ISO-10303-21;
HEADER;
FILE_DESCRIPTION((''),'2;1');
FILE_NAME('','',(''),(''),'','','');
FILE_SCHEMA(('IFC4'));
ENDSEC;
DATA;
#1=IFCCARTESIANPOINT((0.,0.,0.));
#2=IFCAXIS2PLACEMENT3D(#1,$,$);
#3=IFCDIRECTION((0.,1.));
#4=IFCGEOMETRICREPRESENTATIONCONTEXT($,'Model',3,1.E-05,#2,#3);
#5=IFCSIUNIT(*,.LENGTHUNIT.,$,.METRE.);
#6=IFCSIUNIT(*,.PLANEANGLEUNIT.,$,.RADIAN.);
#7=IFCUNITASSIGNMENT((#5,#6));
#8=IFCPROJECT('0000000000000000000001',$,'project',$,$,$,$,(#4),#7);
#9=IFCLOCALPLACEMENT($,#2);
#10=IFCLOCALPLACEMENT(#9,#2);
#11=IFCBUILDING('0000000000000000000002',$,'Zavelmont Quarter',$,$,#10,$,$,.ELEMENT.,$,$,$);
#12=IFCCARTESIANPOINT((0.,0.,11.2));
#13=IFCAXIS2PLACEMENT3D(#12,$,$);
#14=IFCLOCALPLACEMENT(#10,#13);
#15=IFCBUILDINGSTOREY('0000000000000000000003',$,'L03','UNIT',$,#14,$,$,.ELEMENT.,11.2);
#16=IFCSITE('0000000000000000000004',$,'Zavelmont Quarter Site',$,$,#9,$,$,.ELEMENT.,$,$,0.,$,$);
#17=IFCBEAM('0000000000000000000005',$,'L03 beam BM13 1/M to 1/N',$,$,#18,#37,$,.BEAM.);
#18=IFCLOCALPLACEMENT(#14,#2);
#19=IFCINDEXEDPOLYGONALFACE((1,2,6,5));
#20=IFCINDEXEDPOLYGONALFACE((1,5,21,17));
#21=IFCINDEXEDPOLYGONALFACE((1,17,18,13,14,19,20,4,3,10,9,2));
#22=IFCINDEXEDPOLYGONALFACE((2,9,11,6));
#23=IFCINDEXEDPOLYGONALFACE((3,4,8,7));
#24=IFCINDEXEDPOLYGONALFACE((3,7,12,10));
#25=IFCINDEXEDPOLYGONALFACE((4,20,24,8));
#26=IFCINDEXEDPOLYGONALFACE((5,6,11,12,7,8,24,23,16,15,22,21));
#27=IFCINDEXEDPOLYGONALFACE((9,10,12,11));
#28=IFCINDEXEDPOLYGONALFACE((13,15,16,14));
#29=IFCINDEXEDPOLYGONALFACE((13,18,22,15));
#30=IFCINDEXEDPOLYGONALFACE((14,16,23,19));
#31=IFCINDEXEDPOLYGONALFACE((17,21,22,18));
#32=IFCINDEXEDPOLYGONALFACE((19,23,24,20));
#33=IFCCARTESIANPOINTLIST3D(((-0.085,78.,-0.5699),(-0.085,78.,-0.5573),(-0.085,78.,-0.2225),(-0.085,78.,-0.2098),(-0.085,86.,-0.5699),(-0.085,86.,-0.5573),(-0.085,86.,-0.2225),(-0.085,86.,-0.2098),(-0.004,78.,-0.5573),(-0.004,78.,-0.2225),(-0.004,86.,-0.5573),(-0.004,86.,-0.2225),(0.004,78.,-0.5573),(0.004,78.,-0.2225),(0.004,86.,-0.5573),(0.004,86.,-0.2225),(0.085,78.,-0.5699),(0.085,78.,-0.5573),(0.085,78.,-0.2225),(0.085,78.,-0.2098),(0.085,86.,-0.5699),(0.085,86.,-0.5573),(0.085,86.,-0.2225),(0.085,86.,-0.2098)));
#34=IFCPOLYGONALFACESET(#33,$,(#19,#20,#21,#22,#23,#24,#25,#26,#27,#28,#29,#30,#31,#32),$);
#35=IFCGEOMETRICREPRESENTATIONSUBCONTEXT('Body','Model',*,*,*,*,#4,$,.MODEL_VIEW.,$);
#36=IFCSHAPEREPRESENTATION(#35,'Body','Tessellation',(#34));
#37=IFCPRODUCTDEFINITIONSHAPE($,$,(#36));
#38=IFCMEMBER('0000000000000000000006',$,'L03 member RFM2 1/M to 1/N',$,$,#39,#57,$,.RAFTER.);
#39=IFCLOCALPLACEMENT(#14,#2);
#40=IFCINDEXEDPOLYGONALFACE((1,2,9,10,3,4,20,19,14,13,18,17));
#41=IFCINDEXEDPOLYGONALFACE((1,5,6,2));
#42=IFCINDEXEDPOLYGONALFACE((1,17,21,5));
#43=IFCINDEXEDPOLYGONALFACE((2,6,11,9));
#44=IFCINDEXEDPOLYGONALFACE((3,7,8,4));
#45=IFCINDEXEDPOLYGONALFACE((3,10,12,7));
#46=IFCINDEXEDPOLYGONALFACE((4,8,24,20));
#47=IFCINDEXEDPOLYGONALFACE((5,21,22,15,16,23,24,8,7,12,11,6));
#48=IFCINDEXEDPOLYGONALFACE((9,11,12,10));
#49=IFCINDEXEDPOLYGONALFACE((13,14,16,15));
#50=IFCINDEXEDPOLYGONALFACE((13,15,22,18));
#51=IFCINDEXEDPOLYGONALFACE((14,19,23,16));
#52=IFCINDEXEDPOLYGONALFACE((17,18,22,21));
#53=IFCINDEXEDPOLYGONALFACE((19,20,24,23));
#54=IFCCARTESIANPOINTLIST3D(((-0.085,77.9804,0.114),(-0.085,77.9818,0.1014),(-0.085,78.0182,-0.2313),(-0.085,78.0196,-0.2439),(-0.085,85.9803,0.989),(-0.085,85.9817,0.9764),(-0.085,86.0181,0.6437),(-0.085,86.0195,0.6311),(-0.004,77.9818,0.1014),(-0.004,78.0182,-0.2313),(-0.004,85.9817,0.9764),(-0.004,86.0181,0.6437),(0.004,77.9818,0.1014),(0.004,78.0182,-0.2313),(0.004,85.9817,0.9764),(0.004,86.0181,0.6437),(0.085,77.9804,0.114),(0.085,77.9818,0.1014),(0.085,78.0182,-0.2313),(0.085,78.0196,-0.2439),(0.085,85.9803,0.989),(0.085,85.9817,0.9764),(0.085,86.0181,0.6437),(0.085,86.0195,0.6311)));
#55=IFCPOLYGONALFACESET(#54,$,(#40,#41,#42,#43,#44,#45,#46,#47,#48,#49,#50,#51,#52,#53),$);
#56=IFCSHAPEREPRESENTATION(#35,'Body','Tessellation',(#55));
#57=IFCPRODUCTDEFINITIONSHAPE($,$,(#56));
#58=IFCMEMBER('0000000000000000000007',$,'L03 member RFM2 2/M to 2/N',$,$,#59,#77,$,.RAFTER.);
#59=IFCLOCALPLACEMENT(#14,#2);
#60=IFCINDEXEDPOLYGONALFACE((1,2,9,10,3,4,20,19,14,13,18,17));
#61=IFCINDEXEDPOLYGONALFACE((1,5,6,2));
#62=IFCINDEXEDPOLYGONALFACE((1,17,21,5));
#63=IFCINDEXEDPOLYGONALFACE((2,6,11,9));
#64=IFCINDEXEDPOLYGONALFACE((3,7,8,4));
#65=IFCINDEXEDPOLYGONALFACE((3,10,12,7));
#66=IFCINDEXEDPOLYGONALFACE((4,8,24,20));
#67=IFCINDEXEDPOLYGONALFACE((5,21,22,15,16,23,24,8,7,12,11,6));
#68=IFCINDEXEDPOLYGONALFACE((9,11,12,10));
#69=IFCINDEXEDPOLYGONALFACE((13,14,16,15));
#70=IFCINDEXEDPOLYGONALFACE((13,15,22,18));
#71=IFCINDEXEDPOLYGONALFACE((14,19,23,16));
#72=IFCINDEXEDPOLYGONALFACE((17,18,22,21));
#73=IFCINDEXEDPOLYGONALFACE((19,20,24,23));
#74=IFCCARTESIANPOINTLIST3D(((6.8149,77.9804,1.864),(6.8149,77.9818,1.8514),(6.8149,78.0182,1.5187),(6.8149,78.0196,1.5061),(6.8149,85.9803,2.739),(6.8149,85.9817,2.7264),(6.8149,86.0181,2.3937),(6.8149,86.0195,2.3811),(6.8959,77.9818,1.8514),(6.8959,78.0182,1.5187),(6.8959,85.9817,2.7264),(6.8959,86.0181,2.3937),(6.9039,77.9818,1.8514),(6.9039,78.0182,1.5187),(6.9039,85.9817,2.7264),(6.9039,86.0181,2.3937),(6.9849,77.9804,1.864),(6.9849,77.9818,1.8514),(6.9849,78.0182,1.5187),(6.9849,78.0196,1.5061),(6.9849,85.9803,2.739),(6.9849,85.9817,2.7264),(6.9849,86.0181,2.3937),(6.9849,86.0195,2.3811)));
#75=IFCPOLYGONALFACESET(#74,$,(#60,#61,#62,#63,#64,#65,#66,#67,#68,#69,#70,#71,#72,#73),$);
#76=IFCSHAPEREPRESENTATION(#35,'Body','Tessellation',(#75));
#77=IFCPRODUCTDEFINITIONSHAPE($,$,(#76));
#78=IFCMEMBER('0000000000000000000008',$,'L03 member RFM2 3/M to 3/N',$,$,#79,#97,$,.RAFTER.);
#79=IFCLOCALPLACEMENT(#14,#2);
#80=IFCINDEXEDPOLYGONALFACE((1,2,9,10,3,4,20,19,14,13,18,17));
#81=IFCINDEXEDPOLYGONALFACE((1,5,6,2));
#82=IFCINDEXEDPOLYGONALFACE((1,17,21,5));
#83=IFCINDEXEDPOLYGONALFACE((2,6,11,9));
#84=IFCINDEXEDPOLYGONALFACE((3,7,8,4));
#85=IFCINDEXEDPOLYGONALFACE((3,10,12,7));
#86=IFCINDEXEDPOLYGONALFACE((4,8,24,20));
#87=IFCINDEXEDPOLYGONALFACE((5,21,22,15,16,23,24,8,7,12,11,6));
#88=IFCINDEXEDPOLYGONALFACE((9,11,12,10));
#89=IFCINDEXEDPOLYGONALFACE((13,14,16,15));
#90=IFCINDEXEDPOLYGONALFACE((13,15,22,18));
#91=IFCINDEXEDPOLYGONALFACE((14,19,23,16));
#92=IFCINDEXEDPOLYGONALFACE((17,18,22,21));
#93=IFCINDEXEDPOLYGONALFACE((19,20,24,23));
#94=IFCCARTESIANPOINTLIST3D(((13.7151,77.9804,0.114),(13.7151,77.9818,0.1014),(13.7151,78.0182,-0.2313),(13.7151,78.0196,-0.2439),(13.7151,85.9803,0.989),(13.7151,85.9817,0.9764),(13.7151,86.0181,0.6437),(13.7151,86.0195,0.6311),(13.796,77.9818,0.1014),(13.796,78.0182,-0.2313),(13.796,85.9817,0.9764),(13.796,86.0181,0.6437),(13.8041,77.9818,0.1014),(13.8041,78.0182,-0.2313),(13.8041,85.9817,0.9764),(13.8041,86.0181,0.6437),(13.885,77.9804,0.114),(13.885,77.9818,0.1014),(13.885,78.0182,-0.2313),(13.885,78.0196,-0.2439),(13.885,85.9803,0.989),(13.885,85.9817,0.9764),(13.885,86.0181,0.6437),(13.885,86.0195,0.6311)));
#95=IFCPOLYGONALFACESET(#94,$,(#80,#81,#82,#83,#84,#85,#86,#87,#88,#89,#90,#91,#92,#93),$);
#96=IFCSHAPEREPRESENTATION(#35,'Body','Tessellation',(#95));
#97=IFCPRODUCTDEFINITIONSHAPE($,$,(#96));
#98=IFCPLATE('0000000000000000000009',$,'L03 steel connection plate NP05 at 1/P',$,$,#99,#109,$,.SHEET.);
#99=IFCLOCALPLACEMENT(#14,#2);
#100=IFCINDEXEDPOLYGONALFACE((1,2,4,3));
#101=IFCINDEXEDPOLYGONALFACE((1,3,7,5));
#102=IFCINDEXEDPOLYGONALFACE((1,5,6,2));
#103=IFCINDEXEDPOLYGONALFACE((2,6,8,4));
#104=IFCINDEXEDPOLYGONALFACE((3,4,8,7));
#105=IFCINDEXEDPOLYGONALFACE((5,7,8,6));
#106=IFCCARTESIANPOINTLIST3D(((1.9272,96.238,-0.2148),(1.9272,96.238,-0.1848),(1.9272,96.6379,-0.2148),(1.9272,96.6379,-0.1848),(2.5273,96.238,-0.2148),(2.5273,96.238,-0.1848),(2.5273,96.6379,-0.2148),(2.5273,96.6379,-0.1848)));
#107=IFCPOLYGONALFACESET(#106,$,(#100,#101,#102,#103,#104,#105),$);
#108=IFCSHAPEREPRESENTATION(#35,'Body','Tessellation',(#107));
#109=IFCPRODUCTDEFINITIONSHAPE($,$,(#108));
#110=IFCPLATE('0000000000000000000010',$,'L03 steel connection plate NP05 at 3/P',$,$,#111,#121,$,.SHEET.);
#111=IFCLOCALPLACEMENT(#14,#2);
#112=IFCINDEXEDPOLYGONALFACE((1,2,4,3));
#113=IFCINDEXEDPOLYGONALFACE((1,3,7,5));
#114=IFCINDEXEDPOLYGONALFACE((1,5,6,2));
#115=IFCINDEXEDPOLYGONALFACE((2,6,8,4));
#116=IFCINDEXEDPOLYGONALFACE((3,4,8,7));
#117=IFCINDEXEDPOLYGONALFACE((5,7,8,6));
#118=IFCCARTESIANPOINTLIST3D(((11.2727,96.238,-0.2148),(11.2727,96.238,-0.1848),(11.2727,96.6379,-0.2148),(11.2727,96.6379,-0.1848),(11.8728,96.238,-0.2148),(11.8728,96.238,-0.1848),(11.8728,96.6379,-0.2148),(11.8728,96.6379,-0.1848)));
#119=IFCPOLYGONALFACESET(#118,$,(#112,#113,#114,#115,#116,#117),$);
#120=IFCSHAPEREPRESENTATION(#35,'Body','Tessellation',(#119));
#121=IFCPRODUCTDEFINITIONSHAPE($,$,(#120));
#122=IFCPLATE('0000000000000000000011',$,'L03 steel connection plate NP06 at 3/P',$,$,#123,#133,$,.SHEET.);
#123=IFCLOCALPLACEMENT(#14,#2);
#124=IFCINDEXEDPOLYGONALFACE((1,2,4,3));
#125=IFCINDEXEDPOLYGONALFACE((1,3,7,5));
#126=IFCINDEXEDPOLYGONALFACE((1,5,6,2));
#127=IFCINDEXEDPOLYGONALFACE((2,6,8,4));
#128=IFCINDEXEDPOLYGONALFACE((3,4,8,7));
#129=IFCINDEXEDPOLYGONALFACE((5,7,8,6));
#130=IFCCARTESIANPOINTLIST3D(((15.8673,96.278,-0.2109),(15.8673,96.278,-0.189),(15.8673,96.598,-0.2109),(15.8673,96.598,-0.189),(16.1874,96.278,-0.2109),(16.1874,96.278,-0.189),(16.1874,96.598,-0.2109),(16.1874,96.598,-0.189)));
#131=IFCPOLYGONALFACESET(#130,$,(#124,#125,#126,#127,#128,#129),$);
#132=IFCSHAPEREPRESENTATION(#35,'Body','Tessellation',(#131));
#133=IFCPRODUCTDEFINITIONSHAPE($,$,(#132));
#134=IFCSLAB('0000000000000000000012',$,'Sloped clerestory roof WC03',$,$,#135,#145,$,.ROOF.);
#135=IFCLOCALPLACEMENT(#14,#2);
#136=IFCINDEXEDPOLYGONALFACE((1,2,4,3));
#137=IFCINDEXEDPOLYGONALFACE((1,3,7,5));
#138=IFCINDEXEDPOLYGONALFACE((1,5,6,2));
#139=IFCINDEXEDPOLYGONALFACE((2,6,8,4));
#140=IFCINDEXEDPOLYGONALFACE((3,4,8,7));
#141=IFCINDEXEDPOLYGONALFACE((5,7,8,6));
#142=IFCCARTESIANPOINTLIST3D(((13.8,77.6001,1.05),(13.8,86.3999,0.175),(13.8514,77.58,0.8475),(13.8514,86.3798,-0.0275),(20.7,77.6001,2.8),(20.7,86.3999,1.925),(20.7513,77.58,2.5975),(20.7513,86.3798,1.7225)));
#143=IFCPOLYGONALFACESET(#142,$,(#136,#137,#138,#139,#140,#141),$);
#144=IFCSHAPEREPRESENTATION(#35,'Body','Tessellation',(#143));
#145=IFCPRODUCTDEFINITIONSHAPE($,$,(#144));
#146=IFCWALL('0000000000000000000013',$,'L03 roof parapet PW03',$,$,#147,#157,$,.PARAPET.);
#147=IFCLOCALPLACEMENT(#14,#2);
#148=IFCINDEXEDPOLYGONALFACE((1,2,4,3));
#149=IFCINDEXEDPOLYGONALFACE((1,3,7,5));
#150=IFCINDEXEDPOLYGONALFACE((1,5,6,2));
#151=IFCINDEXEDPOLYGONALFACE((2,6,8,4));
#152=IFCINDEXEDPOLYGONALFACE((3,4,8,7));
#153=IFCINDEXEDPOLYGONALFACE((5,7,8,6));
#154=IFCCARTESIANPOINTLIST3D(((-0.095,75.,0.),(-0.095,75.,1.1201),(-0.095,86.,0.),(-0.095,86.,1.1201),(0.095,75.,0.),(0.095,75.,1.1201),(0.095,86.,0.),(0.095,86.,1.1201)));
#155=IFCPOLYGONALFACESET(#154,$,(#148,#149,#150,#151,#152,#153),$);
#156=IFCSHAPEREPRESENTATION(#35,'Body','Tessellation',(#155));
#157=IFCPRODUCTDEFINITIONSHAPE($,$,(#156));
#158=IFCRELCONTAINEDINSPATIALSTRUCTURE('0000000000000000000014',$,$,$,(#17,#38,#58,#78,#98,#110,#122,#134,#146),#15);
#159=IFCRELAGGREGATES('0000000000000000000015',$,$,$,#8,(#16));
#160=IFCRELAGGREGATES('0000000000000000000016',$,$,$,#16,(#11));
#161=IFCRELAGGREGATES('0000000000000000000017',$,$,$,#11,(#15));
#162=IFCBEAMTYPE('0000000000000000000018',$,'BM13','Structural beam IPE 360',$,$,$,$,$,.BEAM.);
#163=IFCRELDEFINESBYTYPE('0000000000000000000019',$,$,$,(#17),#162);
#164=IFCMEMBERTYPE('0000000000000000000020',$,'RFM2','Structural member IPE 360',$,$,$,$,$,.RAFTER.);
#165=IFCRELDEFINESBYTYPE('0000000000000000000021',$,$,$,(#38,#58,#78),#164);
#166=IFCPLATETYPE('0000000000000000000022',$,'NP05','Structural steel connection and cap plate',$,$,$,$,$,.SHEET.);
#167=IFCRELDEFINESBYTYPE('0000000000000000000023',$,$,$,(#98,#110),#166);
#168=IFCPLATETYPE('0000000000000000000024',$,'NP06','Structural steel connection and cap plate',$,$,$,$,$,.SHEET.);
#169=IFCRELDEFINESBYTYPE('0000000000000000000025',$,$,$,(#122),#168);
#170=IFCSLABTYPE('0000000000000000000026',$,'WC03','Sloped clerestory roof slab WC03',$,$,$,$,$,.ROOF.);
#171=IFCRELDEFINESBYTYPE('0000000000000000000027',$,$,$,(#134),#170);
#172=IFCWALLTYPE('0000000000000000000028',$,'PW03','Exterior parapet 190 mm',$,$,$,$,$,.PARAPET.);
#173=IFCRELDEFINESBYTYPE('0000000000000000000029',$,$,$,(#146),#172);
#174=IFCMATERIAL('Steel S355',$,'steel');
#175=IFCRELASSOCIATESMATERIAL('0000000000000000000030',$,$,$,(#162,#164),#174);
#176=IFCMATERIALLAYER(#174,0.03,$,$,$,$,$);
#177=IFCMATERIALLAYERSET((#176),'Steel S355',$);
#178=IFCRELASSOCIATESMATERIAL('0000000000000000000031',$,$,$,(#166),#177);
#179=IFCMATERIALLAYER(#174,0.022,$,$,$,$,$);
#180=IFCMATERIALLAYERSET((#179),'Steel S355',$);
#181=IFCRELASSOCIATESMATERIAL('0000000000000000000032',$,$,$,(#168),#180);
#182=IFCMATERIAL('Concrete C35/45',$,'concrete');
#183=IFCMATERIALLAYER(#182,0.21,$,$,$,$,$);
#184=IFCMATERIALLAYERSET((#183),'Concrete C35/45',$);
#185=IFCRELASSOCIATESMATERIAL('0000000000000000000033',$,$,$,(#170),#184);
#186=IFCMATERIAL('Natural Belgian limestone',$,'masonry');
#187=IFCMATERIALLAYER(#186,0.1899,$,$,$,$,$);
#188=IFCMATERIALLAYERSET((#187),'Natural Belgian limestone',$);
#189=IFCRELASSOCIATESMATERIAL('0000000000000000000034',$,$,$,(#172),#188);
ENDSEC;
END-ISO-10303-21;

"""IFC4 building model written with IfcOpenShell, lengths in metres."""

from ifc_helpers import new_model, si_unit, direction, frame, frame_2d, origin, origin_2d, place, context, subcontext, project, spatial, polyline, rectangle, i_section, outline, extrude, material, layer, layer_set, material_profile, profile_set, type_object, element, save


model = new_model("IFC4")

# Units and contexts
model_context = context("Model", 3, precision=1e-05, world=origin(), true_north=direction((0.0, 1.0)))
body_context = subcontext(model_context, "Body", "Model", "MODEL_VIEW")
ifc_project = project(units=[si_unit("LENGTHUNIT", "METRE"), si_unit("PLANEANGLEUNIT", "RADIAN")], contexts=[model_context])

# Site, building, storey
site_placement = place(None, origin())
site = spatial("IfcSite", under=ifc_project, at=site_placement, Name="Zavelmont Quarter Site", CompositionType="ELEMENT", RefElevation=0.0)
building_placement = place(site_placement, origin())
building = spatial("IfcBuilding", under=site, at=building_placement, Name="Zavelmont Quarter", CompositionType="ELEMENT")
storey_placement = place(building_placement, frame((0.0, 0.0, 11.2)))
storey = spatial("IfcBuildingStorey", under=building, at=storey_placement, Name="L03", Description="UNIT", CompositionType="ELEMENT", Elevation=11.2)

# Shared definitions
ifc_material_1 = material(Name="Concrete C35/45", Category="concrete")

# Beam
ifc_material_2 = material(Name="Steel S355", Category="steel")
ifc_material_profile_1 = material_profile(ifc_material_2, i_section(OverallWidth=0.1699, OverallDepth=0.3601, WebThickness=0.0081, FlangeThickness=0.0127, at=origin_2d()), Name="IPE 360")
ifc_profile_set_1 = profile_set([ifc_material_profile_1], Name="Steel S355")
beam_type = type_object("IfcBeamType", Name="BM13", Description="Structural beam IPE 360", PredefinedType="BEAM", material=ifc_profile_set_1)
beam_1_placement = place(storey_placement, frame((0.0, 78.0, -0.3899), z_axis=(0.0, 1.0, 0.0), x_axis=(-1.0, 0.0, 0.0)))
element("IfcBeam", 1, at=beam_1_placement, inside=storey, type_object=beam_type, Name="L03 beam BM13 1/M to 1/N", PredefinedType="BEAM", context=body_context, shape_type="SweptSolid", body=[
    extrude(i_section(OverallWidth=0.1699, OverallDepth=0.3601, WebThickness=0.0081, FlangeThickness=0.0127, at=origin_2d()), origin(), (0.0, 0.0, 1.0), 8.0),
])

# Members
ifc_material_profile_2 = material_profile(ifc_material_2, i_section(OverallWidth=0.1699, OverallDepth=0.3601, WebThickness=0.0081, FlangeThickness=0.0127, at=origin_2d()), Name="IPE 360")
ifc_profile_set_2 = profile_set([ifc_material_profile_2], Name="Steel S355")
member_type = type_object("IfcMemberType", Name="RFM2", Description="Structural member IPE 360", PredefinedType="RAFTER", material=ifc_profile_set_2)
for number, where, z_axis, x_axis, name in (
    (2, (0.0, 78.0, -0.0649), (0.0, 0.994072, 0.108727), (-1.0, 0.0, 0.0), "L03 member RFM2 1/M to 1/N"),
    (3, (6.8999, 78.0, 1.6851), (0.0, 0.994072, 0.108727), (-1.0, 0.0, 0.0), "L03 member RFM2 2/M to 2/N"),
    (4, (13.8, 78.0, -0.0649), (0.0, 0.994072, 0.108727), (-1.0, 0.0, 0.0), "L03 member RFM2 3/M to 3/N"),
):
    element("IfcMember", number, at=place(storey_placement, frame(where, z_axis=z_axis, x_axis=x_axis)), inside=storey, type_object=member_type, Name=name, PredefinedType="RAFTER", context=body_context, shape_type="SweptSolid", body=[
        extrude(i_section(OverallWidth=0.1699, OverallDepth=0.3601, WebThickness=0.0081, FlangeThickness=0.0127, at=origin_2d()), origin(), (0.0, 0.0, 1.0), 8.0476),
    ])

# Plates
ifc_layer_1 = layer(ifc_material_2, 0.03)
ifc_layer_set_1 = layer_set([ifc_layer_1], Name="Steel S355")
plate_type_1 = type_object("IfcPlateType", Name="NP05", Description="Structural steel connection and cap plate", PredefinedType="SHEET", material=ifc_layer_set_1)
for number, where, z_axis, x_axis, name in (
    (5, (2.2273, 96.438, -0.2148), (0.0, 0.0, 1.0), (1.0, 0.0, 0.0), "L03 steel connection plate NP05 at 1/P"),
    (6, (11.5728, 96.438, -0.2148), (0.0, 0.0, 1.0), (1.0, 0.0, 0.0), "L03 steel connection plate NP05 at 3/P"),
):
    element("IfcPlate", number, at=place(storey_placement, frame(where, z_axis=z_axis, x_axis=x_axis)), inside=storey, type_object=plate_type_1, Name=name, PredefinedType="SHEET", context=body_context, shape_type="SweptSolid", body=[
        extrude(rectangle(XDim=0.6001, YDim=0.3999, at=origin_2d()), origin(), (0.0, 0.0, 1.0), 0.03),
    ])
ifc_layer_2 = layer(ifc_material_2, 0.022)
ifc_layer_set_2 = layer_set([ifc_layer_2], Name="Steel S355")
plate_type_2 = type_object("IfcPlateType", Name="NP06", Description="Structural steel connection and cap plate", PredefinedType="SHEET", material=ifc_layer_set_2)
plate_placement = place(storey_placement, frame((16.0273, 96.438, -0.2109), z_axis=(0.0, 0.0, 1.0), x_axis=(1.0, 0.0, 0.0)))
element("IfcPlate", 7, at=plate_placement, inside=storey, type_object=plate_type_2, Name="L03 steel connection plate NP06 at 3/P", PredefinedType="SHEET", context=body_context, shape_type="SweptSolid", body=[
    extrude(rectangle(XDim=0.3201, YDim=0.3201, at=origin_2d()), origin(), (0.0, 0.0, 1.0), 0.022),
])

# Slab
ifc_layer_3 = layer(ifc_material_1, 0.21)
ifc_layer_set_3 = layer_set([ifc_layer_3], Name="Concrete C35/45")
slab_type = type_object("IfcSlabType", Name="WC03", Description="Sloped clerestory roof slab WC03", PredefinedType="ROOF", material=ifc_layer_set_3)
slab_placement = place(storey_placement, frame((13.8, 77.6001, 1.05), z_axis=(-0.244709, 0.095938, 0.964839), x_axis=(0.96931, 0.0, 0.245843)))
element("IfcSlab", 8, at=slab_placement, inside=storey, type_object=slab_type, Name="Sloped clerestory roof WC03", PredefinedType="ROOF", context=body_context, shape_type="SweptSolid", body=[
    extrude(outline(polyline([(0.0, 0.0), (7.1184, 0.0), (6.9033, 8.8406), (-0.2151, 8.8406), (0.0, 0.0)])), origin(), (0.0, 0.0, -1.0), 0.21),
])

# Wall
ifc_material_3 = material(Name="Natural Belgian limestone", Category="masonry")
ifc_layer_4 = layer(ifc_material_3, 0.1899)
ifc_layer_set_4 = layer_set([ifc_layer_4], Name="Natural Belgian limestone")
wall_type = type_object("IfcWallType", Name="PW03", Description="Exterior parapet 190 mm", PredefinedType="PARAPET", material=ifc_layer_set_4)
wall_placement = place(storey_placement, frame((0.0, 86.0, 0.0), z_axis=(0.0, 0.0, 1.0), x_axis=(0.0, -1.0, 0.0)))
element("IfcWall", 9, at=wall_placement, inside=storey, type_object=wall_type, Name="L03 roof parapet PW03", PredefinedType="PARAPET", context=body_context, shape_type="SweptSolid", body=[
    extrude(rectangle(XDim=11.0, YDim=0.1899, at=frame_2d((5.5, 0.0))), origin(), (0.0, 0.0, 1.0), 1.1201),
])

save(model, "model.ifc")
